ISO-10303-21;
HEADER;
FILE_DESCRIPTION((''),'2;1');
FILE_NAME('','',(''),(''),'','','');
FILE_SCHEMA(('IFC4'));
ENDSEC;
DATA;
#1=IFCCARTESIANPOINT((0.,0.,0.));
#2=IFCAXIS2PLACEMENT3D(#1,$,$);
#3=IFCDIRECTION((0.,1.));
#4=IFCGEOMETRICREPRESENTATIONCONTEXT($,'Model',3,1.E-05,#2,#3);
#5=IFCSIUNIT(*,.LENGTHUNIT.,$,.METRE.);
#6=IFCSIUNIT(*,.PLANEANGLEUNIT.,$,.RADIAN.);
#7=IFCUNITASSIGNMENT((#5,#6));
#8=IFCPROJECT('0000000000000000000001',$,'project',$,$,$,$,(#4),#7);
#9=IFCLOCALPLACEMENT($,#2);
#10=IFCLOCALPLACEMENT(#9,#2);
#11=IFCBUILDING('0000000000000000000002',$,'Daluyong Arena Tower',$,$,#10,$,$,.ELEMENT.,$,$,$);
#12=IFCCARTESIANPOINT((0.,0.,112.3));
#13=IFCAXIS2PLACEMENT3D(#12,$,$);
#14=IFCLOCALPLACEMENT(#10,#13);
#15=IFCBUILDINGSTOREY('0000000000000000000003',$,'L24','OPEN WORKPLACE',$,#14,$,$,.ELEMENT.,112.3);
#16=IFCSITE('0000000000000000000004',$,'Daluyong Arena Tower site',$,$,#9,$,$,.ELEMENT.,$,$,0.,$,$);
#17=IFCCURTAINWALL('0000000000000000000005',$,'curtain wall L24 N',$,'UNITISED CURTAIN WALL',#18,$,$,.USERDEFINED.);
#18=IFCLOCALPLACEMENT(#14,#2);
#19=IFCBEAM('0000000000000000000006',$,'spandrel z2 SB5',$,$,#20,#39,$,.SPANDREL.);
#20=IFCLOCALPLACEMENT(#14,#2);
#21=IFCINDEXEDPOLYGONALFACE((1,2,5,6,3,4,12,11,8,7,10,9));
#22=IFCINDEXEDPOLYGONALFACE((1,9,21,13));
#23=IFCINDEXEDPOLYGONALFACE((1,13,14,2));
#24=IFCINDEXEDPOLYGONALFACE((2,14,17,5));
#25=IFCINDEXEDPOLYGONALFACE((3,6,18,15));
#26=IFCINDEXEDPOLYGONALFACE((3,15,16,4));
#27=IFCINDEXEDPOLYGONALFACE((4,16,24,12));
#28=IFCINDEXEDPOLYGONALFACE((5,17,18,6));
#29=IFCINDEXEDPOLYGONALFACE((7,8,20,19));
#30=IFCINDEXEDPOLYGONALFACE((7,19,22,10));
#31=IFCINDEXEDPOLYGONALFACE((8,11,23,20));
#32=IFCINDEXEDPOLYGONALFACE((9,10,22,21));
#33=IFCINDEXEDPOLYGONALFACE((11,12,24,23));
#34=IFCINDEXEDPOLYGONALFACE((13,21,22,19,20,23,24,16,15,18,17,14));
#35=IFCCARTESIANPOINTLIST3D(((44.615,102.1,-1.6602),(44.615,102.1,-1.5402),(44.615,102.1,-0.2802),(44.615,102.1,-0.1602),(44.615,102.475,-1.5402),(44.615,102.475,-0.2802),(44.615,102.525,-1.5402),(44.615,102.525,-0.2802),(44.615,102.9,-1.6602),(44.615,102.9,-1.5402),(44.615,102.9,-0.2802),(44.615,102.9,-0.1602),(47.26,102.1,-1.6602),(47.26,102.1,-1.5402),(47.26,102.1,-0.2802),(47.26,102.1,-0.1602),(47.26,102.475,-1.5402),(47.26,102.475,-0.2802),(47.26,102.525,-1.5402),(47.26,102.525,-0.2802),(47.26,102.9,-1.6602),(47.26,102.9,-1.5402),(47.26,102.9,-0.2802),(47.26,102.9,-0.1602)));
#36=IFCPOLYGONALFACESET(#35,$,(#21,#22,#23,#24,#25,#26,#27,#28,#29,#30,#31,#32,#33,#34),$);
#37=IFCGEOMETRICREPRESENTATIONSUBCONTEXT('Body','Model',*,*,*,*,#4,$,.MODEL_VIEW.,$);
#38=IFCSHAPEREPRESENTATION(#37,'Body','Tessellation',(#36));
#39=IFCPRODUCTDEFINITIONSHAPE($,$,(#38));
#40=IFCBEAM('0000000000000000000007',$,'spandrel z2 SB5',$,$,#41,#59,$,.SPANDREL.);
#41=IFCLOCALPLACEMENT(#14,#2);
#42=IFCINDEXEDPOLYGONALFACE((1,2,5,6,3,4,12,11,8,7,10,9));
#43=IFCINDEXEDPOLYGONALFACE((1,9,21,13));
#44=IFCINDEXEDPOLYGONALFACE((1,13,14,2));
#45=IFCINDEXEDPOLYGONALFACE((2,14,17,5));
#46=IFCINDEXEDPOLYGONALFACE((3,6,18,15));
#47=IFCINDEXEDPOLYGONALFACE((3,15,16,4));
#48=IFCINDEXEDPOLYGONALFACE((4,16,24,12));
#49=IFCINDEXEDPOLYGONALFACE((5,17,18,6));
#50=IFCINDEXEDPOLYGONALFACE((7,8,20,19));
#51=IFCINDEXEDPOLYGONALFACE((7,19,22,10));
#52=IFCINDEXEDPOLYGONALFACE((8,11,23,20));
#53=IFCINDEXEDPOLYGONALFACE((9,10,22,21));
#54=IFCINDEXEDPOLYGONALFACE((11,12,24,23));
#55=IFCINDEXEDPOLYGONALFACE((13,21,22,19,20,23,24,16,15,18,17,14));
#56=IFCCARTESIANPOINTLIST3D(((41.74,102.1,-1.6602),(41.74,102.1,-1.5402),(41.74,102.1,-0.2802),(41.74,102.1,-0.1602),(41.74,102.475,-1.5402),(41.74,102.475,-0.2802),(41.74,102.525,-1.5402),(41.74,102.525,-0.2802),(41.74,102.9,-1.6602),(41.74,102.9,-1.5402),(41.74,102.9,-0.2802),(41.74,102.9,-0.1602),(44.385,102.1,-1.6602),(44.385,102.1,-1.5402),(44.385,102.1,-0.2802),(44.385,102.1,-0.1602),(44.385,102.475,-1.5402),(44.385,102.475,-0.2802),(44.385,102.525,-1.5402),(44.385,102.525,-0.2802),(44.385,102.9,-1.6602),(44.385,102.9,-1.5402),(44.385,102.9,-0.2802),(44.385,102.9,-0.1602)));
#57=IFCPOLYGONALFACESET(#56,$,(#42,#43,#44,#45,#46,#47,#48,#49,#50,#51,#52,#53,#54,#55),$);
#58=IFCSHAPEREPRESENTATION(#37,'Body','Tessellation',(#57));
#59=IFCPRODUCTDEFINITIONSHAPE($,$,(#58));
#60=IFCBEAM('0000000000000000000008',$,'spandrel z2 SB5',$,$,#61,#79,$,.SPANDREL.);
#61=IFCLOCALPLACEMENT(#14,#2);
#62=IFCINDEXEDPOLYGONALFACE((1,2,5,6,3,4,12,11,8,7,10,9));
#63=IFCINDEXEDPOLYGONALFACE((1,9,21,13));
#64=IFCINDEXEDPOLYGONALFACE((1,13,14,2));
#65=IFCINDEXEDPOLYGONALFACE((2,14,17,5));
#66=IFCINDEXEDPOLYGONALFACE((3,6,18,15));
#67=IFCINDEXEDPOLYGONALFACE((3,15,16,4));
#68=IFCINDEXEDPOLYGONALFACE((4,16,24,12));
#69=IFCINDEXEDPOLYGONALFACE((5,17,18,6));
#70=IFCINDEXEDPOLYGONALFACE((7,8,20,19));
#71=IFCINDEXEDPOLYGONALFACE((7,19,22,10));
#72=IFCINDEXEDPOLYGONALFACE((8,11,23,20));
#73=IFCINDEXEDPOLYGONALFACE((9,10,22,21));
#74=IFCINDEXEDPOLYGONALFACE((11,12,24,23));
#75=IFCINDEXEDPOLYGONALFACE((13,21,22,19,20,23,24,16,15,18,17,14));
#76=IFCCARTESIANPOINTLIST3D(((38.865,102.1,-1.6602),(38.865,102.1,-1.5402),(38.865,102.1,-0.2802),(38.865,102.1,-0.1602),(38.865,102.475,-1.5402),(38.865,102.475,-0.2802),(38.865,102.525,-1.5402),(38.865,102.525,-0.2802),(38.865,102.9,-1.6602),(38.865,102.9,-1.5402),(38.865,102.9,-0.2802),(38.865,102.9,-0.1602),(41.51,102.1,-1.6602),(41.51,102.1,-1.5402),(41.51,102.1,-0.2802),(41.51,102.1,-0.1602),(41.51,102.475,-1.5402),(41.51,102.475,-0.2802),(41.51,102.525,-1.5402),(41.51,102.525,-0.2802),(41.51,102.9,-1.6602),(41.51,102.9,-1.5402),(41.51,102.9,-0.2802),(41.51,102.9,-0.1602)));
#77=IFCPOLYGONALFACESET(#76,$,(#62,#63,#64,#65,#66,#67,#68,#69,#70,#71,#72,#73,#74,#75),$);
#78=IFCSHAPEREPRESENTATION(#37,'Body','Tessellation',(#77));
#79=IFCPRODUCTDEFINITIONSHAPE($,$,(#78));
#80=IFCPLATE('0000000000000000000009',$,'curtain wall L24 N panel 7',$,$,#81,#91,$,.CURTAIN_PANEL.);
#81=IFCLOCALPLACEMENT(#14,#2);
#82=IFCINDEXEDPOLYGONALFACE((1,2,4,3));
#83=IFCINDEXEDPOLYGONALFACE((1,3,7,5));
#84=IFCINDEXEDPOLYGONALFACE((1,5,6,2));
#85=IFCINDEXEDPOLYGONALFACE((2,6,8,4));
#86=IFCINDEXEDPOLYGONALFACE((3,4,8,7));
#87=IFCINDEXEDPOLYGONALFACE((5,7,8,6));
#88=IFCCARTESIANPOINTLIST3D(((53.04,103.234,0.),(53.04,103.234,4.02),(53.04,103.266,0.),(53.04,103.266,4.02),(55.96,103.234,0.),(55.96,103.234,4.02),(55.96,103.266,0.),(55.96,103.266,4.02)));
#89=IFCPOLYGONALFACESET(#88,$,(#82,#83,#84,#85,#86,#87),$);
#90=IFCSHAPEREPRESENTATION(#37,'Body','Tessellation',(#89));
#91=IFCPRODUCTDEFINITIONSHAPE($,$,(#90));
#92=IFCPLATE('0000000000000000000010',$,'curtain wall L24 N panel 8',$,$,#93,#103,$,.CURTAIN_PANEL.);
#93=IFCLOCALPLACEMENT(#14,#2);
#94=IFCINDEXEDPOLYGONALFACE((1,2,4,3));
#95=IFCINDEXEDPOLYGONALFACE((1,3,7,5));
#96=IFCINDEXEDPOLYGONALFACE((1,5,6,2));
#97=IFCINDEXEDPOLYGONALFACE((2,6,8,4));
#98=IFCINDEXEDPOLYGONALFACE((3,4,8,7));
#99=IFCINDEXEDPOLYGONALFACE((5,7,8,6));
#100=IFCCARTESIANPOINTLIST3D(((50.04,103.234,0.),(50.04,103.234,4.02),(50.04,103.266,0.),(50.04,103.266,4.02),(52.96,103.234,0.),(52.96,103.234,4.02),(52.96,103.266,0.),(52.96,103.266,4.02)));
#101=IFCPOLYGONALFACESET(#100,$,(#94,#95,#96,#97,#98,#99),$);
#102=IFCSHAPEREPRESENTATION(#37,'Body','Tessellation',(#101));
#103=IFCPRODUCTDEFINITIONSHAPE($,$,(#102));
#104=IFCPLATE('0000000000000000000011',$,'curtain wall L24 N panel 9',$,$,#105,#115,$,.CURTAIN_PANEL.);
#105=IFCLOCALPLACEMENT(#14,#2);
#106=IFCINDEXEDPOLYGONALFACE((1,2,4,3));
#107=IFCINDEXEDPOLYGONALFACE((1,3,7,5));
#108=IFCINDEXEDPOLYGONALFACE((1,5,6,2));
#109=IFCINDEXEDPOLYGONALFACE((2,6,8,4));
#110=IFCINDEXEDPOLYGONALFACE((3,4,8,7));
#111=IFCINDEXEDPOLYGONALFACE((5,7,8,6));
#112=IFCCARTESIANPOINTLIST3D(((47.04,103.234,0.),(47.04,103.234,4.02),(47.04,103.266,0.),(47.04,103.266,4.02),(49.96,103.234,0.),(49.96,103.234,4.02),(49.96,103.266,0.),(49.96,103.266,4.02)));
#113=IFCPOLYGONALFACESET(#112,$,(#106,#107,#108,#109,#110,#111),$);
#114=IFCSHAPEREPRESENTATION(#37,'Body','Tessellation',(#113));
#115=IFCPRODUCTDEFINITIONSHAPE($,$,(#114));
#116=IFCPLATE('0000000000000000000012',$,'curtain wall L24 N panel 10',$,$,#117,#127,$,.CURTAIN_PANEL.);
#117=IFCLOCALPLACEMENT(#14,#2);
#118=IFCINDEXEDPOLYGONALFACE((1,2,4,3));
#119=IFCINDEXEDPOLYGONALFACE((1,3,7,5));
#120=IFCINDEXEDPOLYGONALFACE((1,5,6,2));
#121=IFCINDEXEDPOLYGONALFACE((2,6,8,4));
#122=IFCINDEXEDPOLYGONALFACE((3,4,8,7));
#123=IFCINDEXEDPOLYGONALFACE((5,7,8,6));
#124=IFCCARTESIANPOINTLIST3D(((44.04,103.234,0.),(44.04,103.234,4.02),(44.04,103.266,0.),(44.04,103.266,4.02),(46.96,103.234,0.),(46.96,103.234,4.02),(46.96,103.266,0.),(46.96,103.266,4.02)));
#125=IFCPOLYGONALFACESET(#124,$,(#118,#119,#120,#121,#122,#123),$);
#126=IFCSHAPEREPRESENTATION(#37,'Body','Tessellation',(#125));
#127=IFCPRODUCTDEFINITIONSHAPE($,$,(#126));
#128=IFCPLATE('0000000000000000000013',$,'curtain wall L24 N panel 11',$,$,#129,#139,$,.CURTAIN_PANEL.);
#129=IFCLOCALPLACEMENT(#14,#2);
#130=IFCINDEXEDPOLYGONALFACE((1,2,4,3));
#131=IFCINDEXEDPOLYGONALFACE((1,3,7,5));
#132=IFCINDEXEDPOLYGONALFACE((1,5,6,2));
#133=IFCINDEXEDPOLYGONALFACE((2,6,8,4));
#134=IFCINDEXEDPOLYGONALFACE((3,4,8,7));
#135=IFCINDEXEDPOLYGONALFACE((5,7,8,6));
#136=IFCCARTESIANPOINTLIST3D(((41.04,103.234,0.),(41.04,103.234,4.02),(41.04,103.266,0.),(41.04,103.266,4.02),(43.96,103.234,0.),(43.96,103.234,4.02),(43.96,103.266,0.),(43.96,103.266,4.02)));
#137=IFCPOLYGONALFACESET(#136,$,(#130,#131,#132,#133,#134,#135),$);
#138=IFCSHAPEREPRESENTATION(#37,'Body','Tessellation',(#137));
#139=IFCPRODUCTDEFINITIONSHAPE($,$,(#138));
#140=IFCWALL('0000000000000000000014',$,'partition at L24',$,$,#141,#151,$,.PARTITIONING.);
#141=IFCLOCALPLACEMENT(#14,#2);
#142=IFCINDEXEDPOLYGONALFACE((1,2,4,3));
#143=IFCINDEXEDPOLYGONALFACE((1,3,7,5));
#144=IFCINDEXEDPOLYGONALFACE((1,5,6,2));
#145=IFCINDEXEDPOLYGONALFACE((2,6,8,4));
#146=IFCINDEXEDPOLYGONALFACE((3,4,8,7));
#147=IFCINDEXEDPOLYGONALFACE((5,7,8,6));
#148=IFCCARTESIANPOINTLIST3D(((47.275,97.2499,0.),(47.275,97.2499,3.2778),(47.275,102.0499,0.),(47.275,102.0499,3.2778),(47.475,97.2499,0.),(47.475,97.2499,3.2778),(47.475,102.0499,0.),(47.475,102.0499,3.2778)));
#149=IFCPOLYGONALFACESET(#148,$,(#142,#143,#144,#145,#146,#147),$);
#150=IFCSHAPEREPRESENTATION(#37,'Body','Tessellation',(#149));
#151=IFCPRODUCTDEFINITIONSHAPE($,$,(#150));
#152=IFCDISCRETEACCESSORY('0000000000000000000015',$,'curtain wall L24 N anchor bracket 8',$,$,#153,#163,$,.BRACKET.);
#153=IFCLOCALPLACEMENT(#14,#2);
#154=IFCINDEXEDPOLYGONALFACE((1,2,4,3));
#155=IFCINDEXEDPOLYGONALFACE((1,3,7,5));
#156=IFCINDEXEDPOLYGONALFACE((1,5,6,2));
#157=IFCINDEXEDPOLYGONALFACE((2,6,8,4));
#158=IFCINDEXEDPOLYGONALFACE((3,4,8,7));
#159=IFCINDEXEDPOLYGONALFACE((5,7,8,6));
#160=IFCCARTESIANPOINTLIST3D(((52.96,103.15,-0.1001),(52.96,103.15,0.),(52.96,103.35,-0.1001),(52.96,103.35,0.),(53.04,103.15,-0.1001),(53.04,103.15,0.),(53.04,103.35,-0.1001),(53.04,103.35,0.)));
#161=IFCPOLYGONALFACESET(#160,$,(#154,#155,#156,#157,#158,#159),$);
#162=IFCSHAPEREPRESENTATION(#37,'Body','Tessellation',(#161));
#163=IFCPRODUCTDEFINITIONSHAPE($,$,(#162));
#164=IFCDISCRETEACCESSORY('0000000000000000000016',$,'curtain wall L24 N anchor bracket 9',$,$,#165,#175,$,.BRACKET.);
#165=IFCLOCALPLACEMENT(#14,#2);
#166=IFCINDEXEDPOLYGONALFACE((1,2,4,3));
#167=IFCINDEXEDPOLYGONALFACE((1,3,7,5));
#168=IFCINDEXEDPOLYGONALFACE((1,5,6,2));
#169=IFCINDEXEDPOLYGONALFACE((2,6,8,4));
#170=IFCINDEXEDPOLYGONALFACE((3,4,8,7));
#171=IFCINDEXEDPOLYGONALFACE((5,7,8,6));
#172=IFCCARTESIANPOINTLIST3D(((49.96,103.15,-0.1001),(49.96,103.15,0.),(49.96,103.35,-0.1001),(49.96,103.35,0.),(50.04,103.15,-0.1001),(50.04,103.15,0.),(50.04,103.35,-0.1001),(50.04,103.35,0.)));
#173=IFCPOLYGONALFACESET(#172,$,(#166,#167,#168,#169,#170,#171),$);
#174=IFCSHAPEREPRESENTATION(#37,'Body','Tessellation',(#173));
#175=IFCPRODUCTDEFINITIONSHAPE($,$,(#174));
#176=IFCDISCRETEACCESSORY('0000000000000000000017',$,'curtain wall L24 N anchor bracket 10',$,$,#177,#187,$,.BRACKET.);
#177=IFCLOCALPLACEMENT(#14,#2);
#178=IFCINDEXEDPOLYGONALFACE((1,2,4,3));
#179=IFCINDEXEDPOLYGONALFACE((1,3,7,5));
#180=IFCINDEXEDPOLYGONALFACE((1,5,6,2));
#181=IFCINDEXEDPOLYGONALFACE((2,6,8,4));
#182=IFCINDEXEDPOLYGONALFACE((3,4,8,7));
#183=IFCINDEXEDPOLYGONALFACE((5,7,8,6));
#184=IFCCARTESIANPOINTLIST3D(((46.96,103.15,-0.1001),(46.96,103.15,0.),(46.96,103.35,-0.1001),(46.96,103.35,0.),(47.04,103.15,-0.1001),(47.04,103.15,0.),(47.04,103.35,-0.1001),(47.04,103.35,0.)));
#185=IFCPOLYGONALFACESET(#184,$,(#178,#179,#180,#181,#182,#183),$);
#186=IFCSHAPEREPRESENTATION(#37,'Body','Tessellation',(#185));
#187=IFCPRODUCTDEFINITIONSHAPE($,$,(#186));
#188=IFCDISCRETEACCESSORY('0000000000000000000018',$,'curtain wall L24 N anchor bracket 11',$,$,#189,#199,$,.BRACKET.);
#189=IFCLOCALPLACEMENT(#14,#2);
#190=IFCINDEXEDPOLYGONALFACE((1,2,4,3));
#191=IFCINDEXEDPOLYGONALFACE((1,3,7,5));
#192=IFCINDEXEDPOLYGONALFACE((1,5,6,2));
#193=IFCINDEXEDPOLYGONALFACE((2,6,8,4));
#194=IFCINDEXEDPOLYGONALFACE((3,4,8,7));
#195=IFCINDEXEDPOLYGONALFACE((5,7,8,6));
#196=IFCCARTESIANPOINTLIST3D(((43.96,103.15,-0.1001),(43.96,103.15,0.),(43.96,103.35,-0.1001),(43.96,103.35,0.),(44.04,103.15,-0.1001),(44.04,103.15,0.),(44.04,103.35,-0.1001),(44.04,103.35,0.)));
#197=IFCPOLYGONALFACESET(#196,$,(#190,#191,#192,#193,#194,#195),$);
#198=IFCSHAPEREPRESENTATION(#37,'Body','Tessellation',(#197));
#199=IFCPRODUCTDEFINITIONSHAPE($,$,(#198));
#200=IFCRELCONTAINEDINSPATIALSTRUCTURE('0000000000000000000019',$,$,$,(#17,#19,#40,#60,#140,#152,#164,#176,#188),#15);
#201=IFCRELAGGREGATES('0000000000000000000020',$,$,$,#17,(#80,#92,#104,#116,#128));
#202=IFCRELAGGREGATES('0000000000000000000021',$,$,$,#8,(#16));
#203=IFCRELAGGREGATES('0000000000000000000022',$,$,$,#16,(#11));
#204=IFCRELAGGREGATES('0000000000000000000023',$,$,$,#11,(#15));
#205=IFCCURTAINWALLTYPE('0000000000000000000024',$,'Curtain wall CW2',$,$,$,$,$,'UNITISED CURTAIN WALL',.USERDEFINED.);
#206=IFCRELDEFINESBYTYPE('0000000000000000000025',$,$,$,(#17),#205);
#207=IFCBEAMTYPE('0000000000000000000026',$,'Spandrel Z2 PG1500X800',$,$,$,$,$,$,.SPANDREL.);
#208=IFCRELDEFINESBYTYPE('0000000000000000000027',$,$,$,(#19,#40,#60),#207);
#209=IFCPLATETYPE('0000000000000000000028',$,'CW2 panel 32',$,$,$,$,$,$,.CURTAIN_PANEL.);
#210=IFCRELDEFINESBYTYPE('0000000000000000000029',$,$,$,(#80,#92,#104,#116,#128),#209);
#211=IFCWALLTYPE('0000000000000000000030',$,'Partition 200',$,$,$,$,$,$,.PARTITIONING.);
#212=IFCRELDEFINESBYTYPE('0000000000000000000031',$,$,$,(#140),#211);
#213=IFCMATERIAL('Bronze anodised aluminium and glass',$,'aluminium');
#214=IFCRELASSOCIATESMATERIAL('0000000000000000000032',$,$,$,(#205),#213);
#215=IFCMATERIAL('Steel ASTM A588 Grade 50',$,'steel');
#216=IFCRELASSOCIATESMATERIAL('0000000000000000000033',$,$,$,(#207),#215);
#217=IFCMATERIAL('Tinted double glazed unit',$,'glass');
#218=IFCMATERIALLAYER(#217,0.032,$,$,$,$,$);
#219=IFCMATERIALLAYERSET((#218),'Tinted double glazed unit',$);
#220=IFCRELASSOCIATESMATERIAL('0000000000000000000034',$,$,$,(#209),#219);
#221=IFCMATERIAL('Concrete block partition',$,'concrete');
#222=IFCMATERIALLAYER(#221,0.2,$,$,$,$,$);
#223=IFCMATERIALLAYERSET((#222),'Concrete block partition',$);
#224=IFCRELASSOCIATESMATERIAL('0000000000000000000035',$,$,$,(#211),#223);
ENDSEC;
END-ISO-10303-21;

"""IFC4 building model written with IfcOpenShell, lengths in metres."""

from ifc_helpers import new_model, si_unit, direction, frame, frame_2d, origin, origin_2d, place, context, subcontext, project, spatial, rectangle, i_section, extrude, material, layer, layer_set, material_profile, profile_set, type_object, element, aggregate, save


model = new_model("IFC4")

# Units and contexts
model_context = context("Model", 3, precision=1e-05, world=origin(), true_north=direction((0.0, 1.0)))
body_context = subcontext(model_context, "Body", "Model", "MODEL_VIEW")
ifc_project = project(units=[si_unit("LENGTHUNIT", "METRE"), si_unit("PLANEANGLEUNIT", "RADIAN")], contexts=[model_context])

# Site, building, storey
site_placement = place(None, origin())
site = spatial("IfcSite", under=ifc_project, at=site_placement, Name="Daluyong Arena Tower site", CompositionType="ELEMENT", RefElevation=0.0)
building_placement = place(site_placement, origin())
building = spatial("IfcBuilding", under=site, at=building_placement, Name="Daluyong Arena Tower", CompositionType="ELEMENT")
storey_placement = place(building_placement, frame((0.0, 0.0, 112.3)))
storey = spatial("IfcBuildingStorey", under=building, at=storey_placement, Name="L24", Description="OPEN WORKPLACE", CompositionType="ELEMENT", Elevation=112.3)

# Curtain wall
ifc_material_1 = material(Name="Bronze anodised aluminium and glass", Category="aluminium")
curtain_wall_type = type_object("IfcCurtainWallType", Name="Curtain wall CW2", ElementType="UNITISED CURTAIN WALL", PredefinedType="USERDEFINED", material=ifc_material_1)
curtain_wall_placement = place(storey_placement, origin())
curtain_wall = element("IfcCurtainWall", 1, at=curtain_wall_placement, inside=storey, type_object=curtain_wall_type, Name="curtain wall L24 N", ObjectType="UNITISED CURTAIN WALL", PredefinedType="USERDEFINED")

# Beams
ifc_material_2 = material(Name="Steel ASTM A588 Grade 50", Category="steel")
ifc_material_profile_1 = material_profile(ifc_material_2, i_section(OverallWidth=0.8, OverallDepth=1.5, WebThickness=0.05, FlangeThickness=0.12, at=origin_2d()))
ifc_profile_set_1 = profile_set([ifc_material_profile_1], Name="Steel ASTM A588 Grade 50")
beam_type_1 = type_object("IfcBeamType", Name="Spandrel Z2 PG1500X800", PredefinedType="SPANDREL", material=ifc_profile_set_1)
for number, where, z_axis, x_axis, name in (
    (2, (47.26, 102.5, -0.9102), (-1.0, 0.0, 0.0), (0.0, -1.0, 0.0), "spandrel z2 SB5"),
    (3, (44.385, 102.5, -0.9102), (-1.0, 0.0, 0.0), (0.0, -1.0, 0.0), "spandrel z2 SB5"),
    (4, (41.51, 102.5, -0.9102), (-1.0, 0.0, 0.0), (0.0, -1.0, 0.0), "spandrel z2 SB5"),
):
    element("IfcBeam", number, at=place(storey_placement, frame(where, z_axis=z_axis, x_axis=x_axis)), inside=storey, type_object=beam_type_1, Name=name, PredefinedType="SPANDREL", context=body_context, shape_type="SweptSolid", body=[
        extrude(i_section(OverallWidth=0.8, OverallDepth=1.5, WebThickness=0.05, FlangeThickness=0.12, at=origin_2d()), origin(), (0.0, 0.0, 1.0), 2.645),
    ])

# Plates
ifc_material_3 = material(Name="Tinted double glazed unit", Category="glass")
ifc_layer_1 = layer(ifc_material_3, 0.032)
ifc_layer_set_1 = layer_set([ifc_layer_1], Name="Tinted double glazed unit")
plate_type = type_object("IfcPlateType", Name="CW2 panel 32", PredefinedType="CURTAIN_PANEL", material=ifc_layer_set_1)
plate_1_placement = place(storey_placement, frame((54.5, 103.25, 0.0), z_axis=(0.0, 0.0, 1.0), x_axis=(-1.0, 0.0, 0.0)))
plate_1 = element("IfcPlate", 5, at=plate_1_placement, type_object=plate_type, Name="curtain wall L24 N panel 7", PredefinedType="CURTAIN_PANEL", context=body_context, shape_type="SweptSolid", body=[
    extrude(rectangle(XDim=2.9199, YDim=0.032, at=origin_2d()), origin(), (0.0, 0.0, 1.0), 4.02),
])
plate_2_placement = place(storey_placement, frame((51.5, 103.25, 0.0), z_axis=(0.0, 0.0, 1.0), x_axis=(-1.0, 0.0, 0.0)))
plate_2 = element("IfcPlate", 6, at=plate_2_placement, type_object=plate_type, Name="curtain wall L24 N panel 8", PredefinedType="CURTAIN_PANEL", context=body_context, shape_type="SweptSolid", body=[
    extrude(rectangle(XDim=2.9199, YDim=0.032, at=origin_2d()), origin(), (0.0, 0.0, 1.0), 4.02),
])
plate_3_placement = place(storey_placement, frame((48.5, 103.25, 0.0), z_axis=(0.0, 0.0, 1.0), x_axis=(-1.0, 0.0, 0.0)))
plate_3 = element("IfcPlate", 7, at=plate_3_placement, type_object=plate_type, Name="curtain wall L24 N panel 9", PredefinedType="CURTAIN_PANEL", context=body_context, shape_type="SweptSolid", body=[
    extrude(rectangle(XDim=2.9199, YDim=0.032, at=origin_2d()), origin(), (0.0, 0.0, 1.0), 4.02),
])
plate_4_placement = place(storey_placement, frame((45.5, 103.25, 0.0), z_axis=(0.0, 0.0, 1.0), x_axis=(-1.0, 0.0, 0.0)))
plate_4 = element("IfcPlate", 8, at=plate_4_placement, type_object=plate_type, Name="curtain wall L24 N panel 10", PredefinedType="CURTAIN_PANEL", context=body_context, shape_type="SweptSolid", body=[
    extrude(rectangle(XDim=2.9199, YDim=0.032, at=origin_2d()), origin(), (0.0, 0.0, 1.0), 4.02),
])
plate_5_placement = place(storey_placement, frame((42.5, 103.25, 0.0), z_axis=(0.0, 0.0, 1.0), x_axis=(-1.0, 0.0, 0.0)))
plate_5 = element("IfcPlate", 9, at=plate_5_placement, type_object=plate_type, Name="curtain wall L24 N panel 11", PredefinedType="CURTAIN_PANEL", context=body_context, shape_type="SweptSolid", body=[
    extrude(rectangle(XDim=2.9199, YDim=0.032, at=origin_2d()), origin(), (0.0, 0.0, 1.0), 4.02),
])
aggregate(curtain_wall, [plate_1, plate_2, plate_3, plate_4, plate_5])

# Wall
ifc_material_4 = material(Name="Concrete block partition", Category="concrete")
ifc_layer_2 = layer(ifc_material_4, 0.2)
ifc_layer_set_2 = layer_set([ifc_layer_2], Name="Concrete block partition")
wall_type = type_object("IfcWallType", Name="Partition 200", PredefinedType="PARTITIONING", material=ifc_layer_set_2)
wall_placement = place(storey_placement, frame((47.375, 97.25, 0.0), z_axis=(0.0, 0.0, 1.0), x_axis=(0.0, 1.0, 0.0)))
element("IfcWall", 10, at=wall_placement, inside=storey, type_object=wall_type, Name="partition at L24", PredefinedType="PARTITIONING", context=body_context, shape_type="SweptSolid", body=[
    extrude(rectangle(XDim=4.8, YDim=0.2, at=frame_2d((2.3999, 0.0))), origin(), (0.0, 0.0, 1.0), 3.2778),
])

# Discrete accessories
for number, where, z_axis, x_axis, name in (
    (11, (53.0, 103.25, -0.1001), (0.0, 0.0, 1.0), (-1.0, 0.0, 0.0), "curtain wall L24 N anchor bracket 8"),
    (12, (50.0, 103.25, -0.1001), (0.0, 0.0, 1.0), (-1.0, 0.0, 0.0), "curtain wall L24 N anchor bracket 9"),
    (13, (47.0, 103.25, -0.1001), (0.0, 0.0, 1.0), (-1.0, 0.0, 0.0), "curtain wall L24 N anchor bracket 10"),
    (14, (44.0, 103.25, -0.1001), (0.0, 0.0, 1.0), (-1.0, 0.0, 0.0), "curtain wall L24 N anchor bracket 11"),
):
    element("IfcDiscreteAccessory", number, at=place(storey_placement, frame(where, z_axis=z_axis, x_axis=x_axis)), inside=storey, Name=name, PredefinedType="BRACKET", context=body_context, shape_type="SweptSolid", body=[
        extrude(rectangle(XDim=0.0801, YDim=0.2, at=origin_2d()), origin(), (0.0, 0.0, 1.0), 0.1001),
    ])

save(model, "model.ifc")
